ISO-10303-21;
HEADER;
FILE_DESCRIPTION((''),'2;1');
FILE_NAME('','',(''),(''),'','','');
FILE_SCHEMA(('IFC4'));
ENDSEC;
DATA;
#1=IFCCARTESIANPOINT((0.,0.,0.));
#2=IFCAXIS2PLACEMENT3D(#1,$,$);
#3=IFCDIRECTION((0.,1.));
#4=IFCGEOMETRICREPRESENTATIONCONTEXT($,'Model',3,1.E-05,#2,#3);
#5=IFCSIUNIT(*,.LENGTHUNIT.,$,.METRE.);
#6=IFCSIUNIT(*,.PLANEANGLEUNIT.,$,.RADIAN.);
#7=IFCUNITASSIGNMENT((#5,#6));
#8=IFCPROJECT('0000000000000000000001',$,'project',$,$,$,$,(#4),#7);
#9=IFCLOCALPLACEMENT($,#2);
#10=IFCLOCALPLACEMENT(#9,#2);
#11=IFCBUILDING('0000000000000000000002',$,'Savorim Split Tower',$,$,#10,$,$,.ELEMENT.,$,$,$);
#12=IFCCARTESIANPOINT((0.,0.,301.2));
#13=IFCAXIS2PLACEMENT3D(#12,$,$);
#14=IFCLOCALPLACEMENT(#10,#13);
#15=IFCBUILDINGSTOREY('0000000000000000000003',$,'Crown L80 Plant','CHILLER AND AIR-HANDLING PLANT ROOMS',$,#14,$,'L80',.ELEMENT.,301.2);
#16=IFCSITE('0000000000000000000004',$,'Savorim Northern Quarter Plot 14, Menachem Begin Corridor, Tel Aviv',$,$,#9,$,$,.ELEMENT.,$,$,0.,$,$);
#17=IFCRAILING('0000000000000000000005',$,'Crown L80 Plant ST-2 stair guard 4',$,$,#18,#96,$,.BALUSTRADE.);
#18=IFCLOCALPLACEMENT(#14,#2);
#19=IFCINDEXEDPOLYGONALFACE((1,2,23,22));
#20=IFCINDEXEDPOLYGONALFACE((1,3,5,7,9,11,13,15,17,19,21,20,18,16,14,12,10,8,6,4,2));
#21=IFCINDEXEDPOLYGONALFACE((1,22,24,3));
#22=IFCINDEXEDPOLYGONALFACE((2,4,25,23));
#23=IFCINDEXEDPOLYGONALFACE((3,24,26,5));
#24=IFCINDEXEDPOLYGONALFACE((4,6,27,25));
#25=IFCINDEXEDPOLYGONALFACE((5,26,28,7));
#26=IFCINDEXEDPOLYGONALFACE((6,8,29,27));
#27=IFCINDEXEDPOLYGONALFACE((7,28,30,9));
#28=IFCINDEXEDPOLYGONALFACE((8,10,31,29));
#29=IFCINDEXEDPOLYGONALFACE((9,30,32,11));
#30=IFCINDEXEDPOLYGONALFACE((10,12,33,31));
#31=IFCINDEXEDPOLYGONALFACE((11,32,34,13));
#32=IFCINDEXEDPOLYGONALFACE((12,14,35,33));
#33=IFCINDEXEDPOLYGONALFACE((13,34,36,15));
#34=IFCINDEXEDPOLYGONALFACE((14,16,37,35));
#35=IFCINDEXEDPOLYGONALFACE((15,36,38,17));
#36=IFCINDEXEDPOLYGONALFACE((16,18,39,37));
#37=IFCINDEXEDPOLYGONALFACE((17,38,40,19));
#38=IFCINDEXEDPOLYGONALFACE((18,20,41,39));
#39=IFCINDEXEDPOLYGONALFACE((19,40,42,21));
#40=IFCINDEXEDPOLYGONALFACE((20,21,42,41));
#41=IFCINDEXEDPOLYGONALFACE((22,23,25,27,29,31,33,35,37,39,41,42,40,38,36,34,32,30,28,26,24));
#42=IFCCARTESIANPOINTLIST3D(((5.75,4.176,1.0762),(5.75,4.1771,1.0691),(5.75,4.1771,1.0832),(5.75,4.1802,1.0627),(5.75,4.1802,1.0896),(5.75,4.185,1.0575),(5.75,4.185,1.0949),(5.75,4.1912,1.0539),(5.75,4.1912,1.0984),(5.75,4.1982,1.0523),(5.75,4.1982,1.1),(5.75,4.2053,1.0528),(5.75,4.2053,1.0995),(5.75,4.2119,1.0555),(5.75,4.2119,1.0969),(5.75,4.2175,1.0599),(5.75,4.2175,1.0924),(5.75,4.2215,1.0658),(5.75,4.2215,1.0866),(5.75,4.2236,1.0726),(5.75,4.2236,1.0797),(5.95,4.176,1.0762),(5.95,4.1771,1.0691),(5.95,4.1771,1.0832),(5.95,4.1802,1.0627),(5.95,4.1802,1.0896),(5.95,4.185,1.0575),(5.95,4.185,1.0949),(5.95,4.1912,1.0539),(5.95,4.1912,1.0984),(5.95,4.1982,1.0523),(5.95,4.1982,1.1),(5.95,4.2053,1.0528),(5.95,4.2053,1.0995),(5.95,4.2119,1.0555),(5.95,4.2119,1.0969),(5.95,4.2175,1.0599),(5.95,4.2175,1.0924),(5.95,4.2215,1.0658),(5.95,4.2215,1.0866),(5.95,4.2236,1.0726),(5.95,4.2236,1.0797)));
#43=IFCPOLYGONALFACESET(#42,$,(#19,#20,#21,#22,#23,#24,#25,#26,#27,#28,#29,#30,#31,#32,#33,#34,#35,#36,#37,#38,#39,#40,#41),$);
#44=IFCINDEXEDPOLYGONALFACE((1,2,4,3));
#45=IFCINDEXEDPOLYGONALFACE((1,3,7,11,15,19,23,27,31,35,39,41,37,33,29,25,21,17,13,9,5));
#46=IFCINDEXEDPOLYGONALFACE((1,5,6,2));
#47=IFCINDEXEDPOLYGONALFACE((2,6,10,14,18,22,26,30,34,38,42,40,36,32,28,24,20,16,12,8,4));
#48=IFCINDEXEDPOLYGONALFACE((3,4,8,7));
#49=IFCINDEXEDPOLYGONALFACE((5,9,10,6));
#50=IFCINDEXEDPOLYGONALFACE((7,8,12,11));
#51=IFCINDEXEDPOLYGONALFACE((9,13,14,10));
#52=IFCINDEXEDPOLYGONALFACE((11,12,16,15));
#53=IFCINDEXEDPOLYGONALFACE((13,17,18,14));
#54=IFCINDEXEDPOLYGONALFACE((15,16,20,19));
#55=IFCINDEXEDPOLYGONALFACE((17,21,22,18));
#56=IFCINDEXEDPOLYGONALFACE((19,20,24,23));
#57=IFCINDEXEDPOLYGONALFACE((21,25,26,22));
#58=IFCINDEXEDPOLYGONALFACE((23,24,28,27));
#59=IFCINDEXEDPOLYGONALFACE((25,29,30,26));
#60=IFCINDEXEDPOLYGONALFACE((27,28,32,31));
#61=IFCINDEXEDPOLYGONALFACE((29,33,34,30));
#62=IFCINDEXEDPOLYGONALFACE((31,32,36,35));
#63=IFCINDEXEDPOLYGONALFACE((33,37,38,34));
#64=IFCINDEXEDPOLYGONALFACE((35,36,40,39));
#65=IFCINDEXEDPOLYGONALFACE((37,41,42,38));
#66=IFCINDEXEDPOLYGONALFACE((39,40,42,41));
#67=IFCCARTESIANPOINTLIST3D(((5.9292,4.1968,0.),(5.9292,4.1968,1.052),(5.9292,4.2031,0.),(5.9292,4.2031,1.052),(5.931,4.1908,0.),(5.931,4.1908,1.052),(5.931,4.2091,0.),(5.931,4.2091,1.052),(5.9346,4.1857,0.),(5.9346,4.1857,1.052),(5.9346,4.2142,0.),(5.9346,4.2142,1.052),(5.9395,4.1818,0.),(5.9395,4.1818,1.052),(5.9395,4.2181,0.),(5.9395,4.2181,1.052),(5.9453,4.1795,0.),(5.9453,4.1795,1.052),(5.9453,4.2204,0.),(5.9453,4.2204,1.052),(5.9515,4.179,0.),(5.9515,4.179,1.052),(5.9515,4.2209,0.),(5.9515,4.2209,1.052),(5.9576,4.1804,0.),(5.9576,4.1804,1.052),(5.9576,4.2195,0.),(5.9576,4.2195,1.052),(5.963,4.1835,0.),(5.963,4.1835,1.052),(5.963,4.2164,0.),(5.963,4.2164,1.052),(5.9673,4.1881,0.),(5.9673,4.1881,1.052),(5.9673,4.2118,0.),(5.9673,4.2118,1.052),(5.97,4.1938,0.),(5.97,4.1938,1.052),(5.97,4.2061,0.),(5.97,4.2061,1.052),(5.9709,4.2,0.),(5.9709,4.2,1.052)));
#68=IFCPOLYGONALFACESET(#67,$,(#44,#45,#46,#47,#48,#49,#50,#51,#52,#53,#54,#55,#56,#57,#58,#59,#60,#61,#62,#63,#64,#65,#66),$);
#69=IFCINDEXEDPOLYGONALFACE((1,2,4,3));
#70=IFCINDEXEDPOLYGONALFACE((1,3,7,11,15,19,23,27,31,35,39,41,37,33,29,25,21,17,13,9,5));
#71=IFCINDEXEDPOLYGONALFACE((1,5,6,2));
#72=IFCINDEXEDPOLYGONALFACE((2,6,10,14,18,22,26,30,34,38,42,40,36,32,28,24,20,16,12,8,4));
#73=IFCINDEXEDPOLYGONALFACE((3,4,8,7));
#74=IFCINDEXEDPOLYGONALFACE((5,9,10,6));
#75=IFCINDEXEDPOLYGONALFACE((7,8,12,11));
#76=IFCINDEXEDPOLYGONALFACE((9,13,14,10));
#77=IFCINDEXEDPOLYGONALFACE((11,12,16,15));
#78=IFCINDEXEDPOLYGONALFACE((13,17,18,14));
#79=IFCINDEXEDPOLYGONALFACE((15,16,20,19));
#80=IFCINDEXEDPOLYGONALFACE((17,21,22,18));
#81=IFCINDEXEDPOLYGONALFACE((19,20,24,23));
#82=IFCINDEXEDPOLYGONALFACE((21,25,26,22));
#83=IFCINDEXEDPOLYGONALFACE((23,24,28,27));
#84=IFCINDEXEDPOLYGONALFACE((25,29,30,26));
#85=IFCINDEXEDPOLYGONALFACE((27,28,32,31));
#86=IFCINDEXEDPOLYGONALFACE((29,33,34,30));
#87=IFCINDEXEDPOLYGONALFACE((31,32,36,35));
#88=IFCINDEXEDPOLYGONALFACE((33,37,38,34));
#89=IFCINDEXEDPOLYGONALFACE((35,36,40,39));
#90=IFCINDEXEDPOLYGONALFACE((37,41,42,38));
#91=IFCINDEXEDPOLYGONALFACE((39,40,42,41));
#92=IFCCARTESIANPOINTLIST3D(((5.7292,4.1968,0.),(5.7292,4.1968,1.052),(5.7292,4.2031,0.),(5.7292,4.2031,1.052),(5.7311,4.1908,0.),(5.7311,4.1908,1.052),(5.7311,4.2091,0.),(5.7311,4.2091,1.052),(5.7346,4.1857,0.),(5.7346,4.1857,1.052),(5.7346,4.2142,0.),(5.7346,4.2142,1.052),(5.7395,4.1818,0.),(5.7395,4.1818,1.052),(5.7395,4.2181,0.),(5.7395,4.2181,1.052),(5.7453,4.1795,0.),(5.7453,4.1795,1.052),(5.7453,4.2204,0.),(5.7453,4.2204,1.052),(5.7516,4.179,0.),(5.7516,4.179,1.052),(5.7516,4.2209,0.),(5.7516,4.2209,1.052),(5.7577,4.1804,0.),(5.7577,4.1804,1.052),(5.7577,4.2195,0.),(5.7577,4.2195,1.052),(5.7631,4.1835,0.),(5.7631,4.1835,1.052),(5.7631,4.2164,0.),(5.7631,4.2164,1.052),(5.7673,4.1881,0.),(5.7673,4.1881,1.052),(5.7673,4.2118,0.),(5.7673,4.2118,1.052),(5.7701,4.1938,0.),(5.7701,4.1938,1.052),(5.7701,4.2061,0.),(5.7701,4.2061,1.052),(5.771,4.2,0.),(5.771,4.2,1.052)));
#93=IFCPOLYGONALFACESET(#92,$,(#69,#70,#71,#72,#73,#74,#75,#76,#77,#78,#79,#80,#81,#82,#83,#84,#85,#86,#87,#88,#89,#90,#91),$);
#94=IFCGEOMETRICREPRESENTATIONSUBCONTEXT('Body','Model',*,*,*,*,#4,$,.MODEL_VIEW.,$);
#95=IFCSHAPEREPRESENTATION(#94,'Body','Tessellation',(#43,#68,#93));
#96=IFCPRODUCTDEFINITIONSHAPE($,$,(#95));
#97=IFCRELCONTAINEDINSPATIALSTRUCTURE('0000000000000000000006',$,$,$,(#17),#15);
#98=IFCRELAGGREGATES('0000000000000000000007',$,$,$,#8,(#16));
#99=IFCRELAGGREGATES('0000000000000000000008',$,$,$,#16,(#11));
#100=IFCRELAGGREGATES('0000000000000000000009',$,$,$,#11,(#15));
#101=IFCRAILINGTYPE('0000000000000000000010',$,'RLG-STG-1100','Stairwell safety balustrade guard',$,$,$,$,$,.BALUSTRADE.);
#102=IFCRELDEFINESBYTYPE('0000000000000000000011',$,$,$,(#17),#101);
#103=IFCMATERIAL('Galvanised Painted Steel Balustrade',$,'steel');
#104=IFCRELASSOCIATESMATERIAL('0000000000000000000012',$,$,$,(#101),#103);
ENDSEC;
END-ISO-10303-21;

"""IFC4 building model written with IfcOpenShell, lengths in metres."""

from ifc_helpers import new_model, si_unit, direction, frame, origin, origin_2d, place, context, subcontext, project, spatial, circle, extrude, material, type_object, element, save


model = new_model("IFC4")

# Units and contexts
model_context = context("Model", 3, precision=1e-05, world=origin(), true_north=direction((0.0, 1.0)))
body_context = subcontext(model_context, "Body", "Model", "MODEL_VIEW")
ifc_project = project(units=[si_unit("LENGTHUNIT", "METRE"), si_unit("PLANEANGLEUNIT", "RADIAN")], contexts=[model_context])

# Site, building, storey
site_placement = place(None, origin())
site = spatial("IfcSite", under=ifc_project, at=site_placement, Name="Savorim Northern Quarter Plot 14, Menachem Begin Corridor, Tel Aviv", CompositionType="ELEMENT", RefElevation=0.0)
building_placement = place(site_placement, origin())
building = spatial("IfcBuilding", under=site, at=building_placement, Name="Savorim Split Tower", CompositionType="ELEMENT")
storey_placement = place(building_placement, frame((0.0, 0.0, 301.2)))
storey = spatial("IfcBuildingStorey", under=building, at=storey_placement, Name="Crown L80 Plant", Description="CHILLER AND AIR-HANDLING PLANT ROOMS", LongName="L80", CompositionType="ELEMENT", Elevation=301.2)

# Railing
ifc_material_1 = material(Name="Galvanised Painted Steel Balustrade", Category="steel")
railing_type_1 = type_object("IfcRailingType", Name="RLG-STG-1100", Description="Stairwell safety balustrade guard", PredefinedType="BALUSTRADE", material=ifc_material_1)
railing_1_placement = place(storey_placement, frame((5.95, 4.2, 0.0)))
element("IfcRailing", 1, at=railing_1_placement, inside=storey, type_object=railing_type_1, Name="Crown L80 Plant ST-2 stair guard 4", PredefinedType="BALUSTRADE", context=body_context, shape_type="SweptSolid", body=[
    extrude(circle(Radius=0.0239, at=origin_2d()), frame((0.0, 0.0, 1.0762), z_axis=(-1.0, 0.0, 0.0), x_axis=(0.0, -1.0, 0.0)), (0.0, 0.0, 1.0), 0.2),
    extrude(circle(Radius=0.021, at=origin_2d()), origin(), (0.0, 0.0, 1.0), 1.052),
    extrude(circle(Radius=0.021, at=origin_2d()), frame((-0.2, 0.0, 0.0)), (0.0, 0.0, 1.0), 1.052),
])

save(model, "model.ifc")
